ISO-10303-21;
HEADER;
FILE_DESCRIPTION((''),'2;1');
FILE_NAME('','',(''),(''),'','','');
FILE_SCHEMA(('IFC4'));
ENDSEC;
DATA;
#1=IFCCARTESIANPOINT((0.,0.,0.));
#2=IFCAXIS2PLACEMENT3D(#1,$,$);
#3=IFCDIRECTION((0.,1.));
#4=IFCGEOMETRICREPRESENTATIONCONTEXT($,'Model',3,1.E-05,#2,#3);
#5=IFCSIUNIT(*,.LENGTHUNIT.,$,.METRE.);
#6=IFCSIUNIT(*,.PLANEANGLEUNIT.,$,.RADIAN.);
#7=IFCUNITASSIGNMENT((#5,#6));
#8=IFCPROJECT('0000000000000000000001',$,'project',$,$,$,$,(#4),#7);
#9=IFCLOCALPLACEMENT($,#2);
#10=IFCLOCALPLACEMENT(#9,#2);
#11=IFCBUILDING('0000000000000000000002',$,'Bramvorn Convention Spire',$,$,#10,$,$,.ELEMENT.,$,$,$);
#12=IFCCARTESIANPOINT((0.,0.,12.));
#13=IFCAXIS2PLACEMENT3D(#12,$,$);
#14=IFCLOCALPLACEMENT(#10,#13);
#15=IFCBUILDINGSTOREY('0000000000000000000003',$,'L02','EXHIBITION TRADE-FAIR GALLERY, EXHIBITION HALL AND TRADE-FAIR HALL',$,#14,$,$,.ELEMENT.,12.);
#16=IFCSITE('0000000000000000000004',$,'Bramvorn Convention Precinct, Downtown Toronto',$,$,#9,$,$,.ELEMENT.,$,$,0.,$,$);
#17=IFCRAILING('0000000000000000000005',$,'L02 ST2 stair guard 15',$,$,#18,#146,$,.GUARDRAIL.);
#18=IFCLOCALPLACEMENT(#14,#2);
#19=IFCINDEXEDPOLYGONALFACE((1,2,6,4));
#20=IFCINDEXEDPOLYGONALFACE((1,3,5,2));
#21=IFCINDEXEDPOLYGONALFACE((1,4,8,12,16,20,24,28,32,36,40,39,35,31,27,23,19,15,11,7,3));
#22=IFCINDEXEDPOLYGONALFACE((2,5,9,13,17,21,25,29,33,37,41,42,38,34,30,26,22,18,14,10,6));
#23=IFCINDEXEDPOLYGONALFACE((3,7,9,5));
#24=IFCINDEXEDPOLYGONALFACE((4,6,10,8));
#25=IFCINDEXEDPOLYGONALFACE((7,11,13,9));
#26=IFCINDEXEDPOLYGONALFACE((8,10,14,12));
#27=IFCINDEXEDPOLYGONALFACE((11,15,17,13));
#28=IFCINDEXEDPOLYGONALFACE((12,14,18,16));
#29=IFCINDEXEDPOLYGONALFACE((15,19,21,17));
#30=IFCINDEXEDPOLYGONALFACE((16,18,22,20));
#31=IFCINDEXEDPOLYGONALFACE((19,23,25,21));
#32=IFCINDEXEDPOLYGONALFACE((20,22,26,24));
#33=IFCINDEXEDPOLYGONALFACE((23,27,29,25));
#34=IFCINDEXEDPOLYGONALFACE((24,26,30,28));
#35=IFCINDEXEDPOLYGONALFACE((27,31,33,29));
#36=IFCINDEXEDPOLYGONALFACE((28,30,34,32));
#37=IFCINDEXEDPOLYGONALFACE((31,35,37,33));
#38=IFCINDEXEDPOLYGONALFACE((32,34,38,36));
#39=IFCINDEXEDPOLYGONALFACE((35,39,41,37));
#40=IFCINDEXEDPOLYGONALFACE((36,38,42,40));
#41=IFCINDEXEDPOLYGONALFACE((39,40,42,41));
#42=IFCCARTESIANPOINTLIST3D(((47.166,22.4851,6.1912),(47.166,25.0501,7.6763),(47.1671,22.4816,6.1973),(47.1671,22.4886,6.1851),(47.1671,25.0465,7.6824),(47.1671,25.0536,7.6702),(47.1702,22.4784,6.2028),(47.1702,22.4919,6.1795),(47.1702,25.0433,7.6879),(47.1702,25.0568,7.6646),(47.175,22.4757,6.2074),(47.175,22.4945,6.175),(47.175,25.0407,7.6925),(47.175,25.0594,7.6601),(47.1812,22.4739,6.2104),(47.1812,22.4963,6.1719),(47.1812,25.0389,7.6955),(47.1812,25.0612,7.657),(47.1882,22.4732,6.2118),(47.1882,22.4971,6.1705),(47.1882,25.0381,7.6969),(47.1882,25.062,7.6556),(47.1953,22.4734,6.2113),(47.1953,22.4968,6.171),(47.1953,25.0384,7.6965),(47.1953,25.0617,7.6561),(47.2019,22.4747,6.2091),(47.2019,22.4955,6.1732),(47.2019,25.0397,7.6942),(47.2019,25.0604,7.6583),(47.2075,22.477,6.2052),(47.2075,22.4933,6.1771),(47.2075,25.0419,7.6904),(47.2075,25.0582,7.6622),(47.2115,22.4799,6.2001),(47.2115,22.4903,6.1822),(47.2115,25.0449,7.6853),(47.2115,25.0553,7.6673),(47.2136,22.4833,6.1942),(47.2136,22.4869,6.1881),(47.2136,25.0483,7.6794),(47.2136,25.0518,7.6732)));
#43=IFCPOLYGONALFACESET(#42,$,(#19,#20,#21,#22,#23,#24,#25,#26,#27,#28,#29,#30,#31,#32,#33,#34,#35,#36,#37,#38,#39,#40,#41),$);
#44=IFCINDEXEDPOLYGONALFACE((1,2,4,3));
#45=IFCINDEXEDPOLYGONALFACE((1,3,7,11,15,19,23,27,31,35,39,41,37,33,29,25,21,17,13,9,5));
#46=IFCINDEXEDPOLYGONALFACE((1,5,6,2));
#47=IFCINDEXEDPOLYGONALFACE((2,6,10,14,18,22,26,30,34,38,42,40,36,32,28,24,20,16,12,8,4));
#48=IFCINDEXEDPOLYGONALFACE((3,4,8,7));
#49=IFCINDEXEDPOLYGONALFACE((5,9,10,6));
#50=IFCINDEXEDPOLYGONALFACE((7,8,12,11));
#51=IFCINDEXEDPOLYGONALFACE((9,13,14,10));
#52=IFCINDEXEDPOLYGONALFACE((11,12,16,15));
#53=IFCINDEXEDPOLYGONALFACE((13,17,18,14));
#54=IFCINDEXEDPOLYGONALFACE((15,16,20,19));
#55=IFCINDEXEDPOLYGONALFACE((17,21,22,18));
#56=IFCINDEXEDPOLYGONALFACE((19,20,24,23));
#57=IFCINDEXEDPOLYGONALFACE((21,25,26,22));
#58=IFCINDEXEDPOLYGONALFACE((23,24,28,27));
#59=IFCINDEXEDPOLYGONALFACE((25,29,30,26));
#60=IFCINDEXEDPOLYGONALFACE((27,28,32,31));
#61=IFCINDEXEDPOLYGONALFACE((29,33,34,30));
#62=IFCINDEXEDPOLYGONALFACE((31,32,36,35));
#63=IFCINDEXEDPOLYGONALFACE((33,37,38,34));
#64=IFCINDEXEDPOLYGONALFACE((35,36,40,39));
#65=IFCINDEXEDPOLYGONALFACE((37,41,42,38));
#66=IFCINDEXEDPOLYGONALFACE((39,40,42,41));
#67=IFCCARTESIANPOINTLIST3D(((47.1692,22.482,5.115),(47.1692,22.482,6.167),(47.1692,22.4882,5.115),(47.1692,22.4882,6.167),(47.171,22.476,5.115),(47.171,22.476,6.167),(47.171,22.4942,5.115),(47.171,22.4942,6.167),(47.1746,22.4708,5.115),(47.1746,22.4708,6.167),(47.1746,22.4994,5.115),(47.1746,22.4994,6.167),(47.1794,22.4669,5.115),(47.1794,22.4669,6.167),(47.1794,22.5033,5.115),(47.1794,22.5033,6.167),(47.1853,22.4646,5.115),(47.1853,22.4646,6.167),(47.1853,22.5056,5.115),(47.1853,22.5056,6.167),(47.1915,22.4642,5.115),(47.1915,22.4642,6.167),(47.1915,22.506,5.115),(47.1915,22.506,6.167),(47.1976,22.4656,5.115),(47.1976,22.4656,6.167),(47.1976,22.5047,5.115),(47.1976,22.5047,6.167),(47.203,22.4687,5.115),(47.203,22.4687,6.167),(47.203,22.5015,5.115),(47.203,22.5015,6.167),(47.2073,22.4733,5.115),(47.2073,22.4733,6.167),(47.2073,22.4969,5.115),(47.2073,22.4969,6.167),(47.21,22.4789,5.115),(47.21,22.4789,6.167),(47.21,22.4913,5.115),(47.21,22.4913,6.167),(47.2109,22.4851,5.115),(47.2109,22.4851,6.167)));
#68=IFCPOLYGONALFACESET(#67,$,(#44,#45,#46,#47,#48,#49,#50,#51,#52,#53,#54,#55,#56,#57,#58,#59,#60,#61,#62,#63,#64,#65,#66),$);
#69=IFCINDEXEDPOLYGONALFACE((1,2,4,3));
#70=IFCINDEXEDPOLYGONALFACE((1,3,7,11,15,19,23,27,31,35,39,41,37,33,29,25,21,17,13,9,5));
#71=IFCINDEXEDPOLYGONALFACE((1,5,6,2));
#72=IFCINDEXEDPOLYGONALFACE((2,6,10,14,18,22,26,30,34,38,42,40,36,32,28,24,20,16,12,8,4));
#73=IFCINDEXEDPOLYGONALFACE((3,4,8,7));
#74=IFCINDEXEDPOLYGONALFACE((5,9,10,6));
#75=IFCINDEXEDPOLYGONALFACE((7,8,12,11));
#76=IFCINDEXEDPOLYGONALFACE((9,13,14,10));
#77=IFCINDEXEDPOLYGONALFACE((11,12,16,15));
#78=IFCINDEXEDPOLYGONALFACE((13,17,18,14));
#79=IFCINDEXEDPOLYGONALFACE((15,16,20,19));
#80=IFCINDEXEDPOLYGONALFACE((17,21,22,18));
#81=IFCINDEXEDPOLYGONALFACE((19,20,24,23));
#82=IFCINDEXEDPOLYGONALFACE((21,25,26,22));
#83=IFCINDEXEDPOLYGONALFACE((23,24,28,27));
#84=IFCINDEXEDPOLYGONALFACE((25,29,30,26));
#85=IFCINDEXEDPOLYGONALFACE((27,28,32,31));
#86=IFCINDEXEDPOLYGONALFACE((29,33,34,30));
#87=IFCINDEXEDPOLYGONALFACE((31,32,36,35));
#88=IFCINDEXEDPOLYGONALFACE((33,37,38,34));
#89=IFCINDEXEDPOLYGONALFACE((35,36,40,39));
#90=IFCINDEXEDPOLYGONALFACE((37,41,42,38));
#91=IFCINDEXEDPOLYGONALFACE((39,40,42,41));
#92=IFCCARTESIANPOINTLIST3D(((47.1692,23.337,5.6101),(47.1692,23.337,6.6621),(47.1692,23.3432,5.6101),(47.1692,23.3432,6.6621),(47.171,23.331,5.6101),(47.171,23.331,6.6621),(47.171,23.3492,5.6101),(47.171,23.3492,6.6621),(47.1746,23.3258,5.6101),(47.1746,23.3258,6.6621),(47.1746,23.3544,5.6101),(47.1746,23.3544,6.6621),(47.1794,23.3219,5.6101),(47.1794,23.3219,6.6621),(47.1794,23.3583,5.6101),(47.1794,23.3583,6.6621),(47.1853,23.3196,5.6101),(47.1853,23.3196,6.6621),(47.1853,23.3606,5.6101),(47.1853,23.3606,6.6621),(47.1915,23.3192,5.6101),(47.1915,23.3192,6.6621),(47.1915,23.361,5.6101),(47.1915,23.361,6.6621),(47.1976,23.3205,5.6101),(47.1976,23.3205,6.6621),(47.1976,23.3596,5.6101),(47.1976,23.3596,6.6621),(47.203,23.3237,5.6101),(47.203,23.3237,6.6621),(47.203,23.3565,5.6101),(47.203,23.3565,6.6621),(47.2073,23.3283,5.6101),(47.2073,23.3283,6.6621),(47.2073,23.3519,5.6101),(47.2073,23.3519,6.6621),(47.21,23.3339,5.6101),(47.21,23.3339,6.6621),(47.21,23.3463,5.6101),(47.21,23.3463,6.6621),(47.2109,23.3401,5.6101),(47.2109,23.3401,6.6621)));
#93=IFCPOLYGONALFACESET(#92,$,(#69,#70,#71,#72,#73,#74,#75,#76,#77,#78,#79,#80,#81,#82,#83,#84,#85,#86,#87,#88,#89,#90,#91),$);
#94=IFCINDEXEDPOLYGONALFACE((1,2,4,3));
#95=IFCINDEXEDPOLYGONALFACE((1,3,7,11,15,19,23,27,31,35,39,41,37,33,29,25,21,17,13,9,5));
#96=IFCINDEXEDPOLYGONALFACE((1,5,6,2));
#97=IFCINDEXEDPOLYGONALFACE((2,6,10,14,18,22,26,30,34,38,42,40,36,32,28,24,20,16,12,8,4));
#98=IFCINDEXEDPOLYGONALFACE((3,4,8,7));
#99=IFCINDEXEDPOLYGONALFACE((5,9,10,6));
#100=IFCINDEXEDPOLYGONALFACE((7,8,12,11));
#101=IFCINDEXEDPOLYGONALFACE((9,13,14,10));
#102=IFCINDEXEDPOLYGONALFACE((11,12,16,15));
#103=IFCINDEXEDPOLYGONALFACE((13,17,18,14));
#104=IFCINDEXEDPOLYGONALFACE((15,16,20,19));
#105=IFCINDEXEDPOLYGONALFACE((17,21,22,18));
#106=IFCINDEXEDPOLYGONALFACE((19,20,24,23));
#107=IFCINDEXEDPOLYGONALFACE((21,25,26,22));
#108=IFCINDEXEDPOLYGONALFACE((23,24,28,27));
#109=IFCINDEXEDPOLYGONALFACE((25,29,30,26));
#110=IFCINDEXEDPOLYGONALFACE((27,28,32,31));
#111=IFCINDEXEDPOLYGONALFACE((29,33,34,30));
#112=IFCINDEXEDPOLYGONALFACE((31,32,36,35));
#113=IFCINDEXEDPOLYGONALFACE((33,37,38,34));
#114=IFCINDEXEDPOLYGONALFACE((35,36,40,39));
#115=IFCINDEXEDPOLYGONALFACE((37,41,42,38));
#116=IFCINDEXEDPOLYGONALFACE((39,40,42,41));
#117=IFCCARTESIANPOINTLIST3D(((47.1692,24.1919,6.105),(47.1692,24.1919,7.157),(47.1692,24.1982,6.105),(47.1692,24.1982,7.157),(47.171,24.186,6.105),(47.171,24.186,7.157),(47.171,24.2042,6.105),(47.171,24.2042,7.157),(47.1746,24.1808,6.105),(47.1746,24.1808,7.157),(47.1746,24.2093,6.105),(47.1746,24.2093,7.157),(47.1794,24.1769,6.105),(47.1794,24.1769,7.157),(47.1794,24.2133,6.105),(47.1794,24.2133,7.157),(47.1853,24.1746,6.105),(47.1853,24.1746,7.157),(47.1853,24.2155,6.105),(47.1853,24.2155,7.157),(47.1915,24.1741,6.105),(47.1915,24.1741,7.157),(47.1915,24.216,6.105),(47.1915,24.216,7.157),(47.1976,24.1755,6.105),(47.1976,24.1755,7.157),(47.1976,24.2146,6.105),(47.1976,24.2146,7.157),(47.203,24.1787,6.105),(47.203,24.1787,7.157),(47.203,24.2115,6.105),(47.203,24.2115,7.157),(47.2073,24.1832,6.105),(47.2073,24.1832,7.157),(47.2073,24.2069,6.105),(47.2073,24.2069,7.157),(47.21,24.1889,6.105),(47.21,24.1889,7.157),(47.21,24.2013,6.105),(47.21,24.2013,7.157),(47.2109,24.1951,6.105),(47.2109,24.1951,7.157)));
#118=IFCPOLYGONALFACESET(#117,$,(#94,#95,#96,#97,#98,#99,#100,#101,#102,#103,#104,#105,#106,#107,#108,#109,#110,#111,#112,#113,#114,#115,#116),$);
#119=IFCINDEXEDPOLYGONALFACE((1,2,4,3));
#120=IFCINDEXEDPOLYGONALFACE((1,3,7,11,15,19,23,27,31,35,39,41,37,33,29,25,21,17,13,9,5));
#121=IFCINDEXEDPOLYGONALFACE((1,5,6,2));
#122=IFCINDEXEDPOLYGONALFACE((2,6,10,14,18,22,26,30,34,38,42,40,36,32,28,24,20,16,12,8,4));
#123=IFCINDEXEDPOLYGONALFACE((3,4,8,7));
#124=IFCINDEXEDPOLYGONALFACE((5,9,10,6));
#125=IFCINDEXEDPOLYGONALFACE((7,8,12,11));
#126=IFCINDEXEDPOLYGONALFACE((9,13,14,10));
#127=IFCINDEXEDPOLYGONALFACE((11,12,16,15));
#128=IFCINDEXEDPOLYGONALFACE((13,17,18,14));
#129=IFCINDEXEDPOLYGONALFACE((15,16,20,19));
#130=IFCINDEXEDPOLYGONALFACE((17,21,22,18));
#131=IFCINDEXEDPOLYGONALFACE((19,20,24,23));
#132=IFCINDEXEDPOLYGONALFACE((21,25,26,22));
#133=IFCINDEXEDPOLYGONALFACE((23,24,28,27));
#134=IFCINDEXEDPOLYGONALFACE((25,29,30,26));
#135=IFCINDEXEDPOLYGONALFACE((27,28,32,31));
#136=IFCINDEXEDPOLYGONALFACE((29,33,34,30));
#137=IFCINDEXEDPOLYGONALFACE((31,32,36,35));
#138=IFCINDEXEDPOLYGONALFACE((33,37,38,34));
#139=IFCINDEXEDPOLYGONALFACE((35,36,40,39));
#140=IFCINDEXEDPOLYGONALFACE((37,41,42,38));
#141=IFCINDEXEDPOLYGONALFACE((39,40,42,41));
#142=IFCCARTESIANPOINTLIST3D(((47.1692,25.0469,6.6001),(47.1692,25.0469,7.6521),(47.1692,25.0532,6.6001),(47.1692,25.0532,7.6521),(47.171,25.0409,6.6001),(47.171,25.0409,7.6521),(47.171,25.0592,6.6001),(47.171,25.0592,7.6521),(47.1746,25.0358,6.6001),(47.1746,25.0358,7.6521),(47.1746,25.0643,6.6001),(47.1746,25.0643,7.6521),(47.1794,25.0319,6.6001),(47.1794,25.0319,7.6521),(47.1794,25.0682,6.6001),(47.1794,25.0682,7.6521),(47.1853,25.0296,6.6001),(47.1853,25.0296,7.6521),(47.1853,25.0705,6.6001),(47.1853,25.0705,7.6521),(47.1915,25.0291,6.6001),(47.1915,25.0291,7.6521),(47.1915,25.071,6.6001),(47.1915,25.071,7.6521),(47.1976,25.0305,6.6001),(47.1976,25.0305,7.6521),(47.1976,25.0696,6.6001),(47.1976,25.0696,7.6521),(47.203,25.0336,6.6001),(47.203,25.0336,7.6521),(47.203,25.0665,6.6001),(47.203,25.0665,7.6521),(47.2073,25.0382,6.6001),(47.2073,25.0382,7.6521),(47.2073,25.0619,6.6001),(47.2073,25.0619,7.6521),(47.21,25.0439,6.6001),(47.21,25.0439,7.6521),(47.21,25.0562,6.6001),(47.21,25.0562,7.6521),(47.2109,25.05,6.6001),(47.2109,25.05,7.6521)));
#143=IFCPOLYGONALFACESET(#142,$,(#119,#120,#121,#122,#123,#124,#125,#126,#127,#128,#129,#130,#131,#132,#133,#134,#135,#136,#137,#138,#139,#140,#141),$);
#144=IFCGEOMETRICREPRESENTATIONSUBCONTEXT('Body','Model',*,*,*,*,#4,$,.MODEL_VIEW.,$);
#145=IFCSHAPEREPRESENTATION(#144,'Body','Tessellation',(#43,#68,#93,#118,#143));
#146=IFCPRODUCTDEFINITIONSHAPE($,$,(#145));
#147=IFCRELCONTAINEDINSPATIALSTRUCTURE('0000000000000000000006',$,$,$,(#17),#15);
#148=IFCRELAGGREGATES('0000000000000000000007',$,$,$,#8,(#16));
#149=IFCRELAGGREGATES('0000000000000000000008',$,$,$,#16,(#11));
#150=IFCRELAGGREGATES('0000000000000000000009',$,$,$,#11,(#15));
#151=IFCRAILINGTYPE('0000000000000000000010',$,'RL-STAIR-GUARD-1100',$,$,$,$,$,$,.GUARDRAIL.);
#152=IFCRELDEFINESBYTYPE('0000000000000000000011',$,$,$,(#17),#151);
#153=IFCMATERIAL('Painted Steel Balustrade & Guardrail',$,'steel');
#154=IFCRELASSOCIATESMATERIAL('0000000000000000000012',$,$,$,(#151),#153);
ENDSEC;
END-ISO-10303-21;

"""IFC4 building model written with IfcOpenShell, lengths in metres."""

from ifc_helpers import new_model, si_unit, direction, frame, origin, origin_2d, place, context, subcontext, project, spatial, circle, extrude, material, type_object, element, save


model = new_model("IFC4")

# Units and contexts
model_context = context("Model", 3, precision=1e-05, world=origin(), true_north=direction((0.0, 1.0)))
body_context = subcontext(model_context, "Body", "Model", "MODEL_VIEW")
ifc_project = project(units=[si_unit("LENGTHUNIT", "METRE"), si_unit("PLANEANGLEUNIT", "RADIAN")], contexts=[model_context])

# Site, building, storey
site_placement = place(None, origin())
site = spatial("IfcSite", under=ifc_project, at=site_placement, Name="Bramvorn Convention Precinct, Downtown Toronto", CompositionType="ELEMENT", RefElevation=0.0)
building_placement = place(site_placement, origin())
building = spatial("IfcBuilding", under=site, at=building_placement, Name="Bramvorn Convention Spire", CompositionType="ELEMENT")
storey_placement = place(building_placement, frame((0.0, 0.0, 12.0)))
storey = spatial("IfcBuildingStorey", under=building, at=storey_placement, Name="L02", Description="EXHIBITION TRADE-FAIR GALLERY, EXHIBITION HALL AND TRADE-FAIR HALL", CompositionType="ELEMENT", Elevation=12.0)

# Railing
ifc_material_1 = material(Name="Painted Steel Balustrade & Guardrail", Category="steel")
railing_type_1 = type_object("IfcRailingType", Name="RL-STAIR-GUARD-1100", PredefinedType="GUARDRAIL", material=ifc_material_1)
railing_1_placement = place(storey_placement, frame((47.1899, 22.4851, 5.115)))
element("IfcRailing", 1, at=railing_1_placement, inside=storey, type_object=railing_type_1, Name="L02 ST2 stair guard 15", PredefinedType="GUARDRAIL", context=body_context, shape_type="SweptSolid", body=[
    extrude(circle(Radius=0.0239, at=origin_2d()), frame((0.0, 0.0, 1.0762), z_axis=(0.0, 0.865406, 0.501072), x_axis=(-1.0, 0.0, 0.0)), (0.0, 0.0, 1.0), 2.9639),
    extrude(circle(Radius=0.021, at=origin_2d()), origin(), (0.0, 0.0, 1.0), 1.052),
    extrude(circle(Radius=0.021, at=origin_2d()), frame((0.0, 0.855, 0.4951)), (0.0, 0.0, 1.0), 1.052),
    extrude(circle(Radius=0.021, at=origin_2d()), frame((0.0, 1.71, 0.99)), (0.0, 0.0, 1.0), 1.052),
    extrude(circle(Radius=0.021, at=origin_2d()), frame((0.0, 2.5649, 1.4851)), (0.0, 0.0, 1.0), 1.052),
])

save(model, "model.ifc")
